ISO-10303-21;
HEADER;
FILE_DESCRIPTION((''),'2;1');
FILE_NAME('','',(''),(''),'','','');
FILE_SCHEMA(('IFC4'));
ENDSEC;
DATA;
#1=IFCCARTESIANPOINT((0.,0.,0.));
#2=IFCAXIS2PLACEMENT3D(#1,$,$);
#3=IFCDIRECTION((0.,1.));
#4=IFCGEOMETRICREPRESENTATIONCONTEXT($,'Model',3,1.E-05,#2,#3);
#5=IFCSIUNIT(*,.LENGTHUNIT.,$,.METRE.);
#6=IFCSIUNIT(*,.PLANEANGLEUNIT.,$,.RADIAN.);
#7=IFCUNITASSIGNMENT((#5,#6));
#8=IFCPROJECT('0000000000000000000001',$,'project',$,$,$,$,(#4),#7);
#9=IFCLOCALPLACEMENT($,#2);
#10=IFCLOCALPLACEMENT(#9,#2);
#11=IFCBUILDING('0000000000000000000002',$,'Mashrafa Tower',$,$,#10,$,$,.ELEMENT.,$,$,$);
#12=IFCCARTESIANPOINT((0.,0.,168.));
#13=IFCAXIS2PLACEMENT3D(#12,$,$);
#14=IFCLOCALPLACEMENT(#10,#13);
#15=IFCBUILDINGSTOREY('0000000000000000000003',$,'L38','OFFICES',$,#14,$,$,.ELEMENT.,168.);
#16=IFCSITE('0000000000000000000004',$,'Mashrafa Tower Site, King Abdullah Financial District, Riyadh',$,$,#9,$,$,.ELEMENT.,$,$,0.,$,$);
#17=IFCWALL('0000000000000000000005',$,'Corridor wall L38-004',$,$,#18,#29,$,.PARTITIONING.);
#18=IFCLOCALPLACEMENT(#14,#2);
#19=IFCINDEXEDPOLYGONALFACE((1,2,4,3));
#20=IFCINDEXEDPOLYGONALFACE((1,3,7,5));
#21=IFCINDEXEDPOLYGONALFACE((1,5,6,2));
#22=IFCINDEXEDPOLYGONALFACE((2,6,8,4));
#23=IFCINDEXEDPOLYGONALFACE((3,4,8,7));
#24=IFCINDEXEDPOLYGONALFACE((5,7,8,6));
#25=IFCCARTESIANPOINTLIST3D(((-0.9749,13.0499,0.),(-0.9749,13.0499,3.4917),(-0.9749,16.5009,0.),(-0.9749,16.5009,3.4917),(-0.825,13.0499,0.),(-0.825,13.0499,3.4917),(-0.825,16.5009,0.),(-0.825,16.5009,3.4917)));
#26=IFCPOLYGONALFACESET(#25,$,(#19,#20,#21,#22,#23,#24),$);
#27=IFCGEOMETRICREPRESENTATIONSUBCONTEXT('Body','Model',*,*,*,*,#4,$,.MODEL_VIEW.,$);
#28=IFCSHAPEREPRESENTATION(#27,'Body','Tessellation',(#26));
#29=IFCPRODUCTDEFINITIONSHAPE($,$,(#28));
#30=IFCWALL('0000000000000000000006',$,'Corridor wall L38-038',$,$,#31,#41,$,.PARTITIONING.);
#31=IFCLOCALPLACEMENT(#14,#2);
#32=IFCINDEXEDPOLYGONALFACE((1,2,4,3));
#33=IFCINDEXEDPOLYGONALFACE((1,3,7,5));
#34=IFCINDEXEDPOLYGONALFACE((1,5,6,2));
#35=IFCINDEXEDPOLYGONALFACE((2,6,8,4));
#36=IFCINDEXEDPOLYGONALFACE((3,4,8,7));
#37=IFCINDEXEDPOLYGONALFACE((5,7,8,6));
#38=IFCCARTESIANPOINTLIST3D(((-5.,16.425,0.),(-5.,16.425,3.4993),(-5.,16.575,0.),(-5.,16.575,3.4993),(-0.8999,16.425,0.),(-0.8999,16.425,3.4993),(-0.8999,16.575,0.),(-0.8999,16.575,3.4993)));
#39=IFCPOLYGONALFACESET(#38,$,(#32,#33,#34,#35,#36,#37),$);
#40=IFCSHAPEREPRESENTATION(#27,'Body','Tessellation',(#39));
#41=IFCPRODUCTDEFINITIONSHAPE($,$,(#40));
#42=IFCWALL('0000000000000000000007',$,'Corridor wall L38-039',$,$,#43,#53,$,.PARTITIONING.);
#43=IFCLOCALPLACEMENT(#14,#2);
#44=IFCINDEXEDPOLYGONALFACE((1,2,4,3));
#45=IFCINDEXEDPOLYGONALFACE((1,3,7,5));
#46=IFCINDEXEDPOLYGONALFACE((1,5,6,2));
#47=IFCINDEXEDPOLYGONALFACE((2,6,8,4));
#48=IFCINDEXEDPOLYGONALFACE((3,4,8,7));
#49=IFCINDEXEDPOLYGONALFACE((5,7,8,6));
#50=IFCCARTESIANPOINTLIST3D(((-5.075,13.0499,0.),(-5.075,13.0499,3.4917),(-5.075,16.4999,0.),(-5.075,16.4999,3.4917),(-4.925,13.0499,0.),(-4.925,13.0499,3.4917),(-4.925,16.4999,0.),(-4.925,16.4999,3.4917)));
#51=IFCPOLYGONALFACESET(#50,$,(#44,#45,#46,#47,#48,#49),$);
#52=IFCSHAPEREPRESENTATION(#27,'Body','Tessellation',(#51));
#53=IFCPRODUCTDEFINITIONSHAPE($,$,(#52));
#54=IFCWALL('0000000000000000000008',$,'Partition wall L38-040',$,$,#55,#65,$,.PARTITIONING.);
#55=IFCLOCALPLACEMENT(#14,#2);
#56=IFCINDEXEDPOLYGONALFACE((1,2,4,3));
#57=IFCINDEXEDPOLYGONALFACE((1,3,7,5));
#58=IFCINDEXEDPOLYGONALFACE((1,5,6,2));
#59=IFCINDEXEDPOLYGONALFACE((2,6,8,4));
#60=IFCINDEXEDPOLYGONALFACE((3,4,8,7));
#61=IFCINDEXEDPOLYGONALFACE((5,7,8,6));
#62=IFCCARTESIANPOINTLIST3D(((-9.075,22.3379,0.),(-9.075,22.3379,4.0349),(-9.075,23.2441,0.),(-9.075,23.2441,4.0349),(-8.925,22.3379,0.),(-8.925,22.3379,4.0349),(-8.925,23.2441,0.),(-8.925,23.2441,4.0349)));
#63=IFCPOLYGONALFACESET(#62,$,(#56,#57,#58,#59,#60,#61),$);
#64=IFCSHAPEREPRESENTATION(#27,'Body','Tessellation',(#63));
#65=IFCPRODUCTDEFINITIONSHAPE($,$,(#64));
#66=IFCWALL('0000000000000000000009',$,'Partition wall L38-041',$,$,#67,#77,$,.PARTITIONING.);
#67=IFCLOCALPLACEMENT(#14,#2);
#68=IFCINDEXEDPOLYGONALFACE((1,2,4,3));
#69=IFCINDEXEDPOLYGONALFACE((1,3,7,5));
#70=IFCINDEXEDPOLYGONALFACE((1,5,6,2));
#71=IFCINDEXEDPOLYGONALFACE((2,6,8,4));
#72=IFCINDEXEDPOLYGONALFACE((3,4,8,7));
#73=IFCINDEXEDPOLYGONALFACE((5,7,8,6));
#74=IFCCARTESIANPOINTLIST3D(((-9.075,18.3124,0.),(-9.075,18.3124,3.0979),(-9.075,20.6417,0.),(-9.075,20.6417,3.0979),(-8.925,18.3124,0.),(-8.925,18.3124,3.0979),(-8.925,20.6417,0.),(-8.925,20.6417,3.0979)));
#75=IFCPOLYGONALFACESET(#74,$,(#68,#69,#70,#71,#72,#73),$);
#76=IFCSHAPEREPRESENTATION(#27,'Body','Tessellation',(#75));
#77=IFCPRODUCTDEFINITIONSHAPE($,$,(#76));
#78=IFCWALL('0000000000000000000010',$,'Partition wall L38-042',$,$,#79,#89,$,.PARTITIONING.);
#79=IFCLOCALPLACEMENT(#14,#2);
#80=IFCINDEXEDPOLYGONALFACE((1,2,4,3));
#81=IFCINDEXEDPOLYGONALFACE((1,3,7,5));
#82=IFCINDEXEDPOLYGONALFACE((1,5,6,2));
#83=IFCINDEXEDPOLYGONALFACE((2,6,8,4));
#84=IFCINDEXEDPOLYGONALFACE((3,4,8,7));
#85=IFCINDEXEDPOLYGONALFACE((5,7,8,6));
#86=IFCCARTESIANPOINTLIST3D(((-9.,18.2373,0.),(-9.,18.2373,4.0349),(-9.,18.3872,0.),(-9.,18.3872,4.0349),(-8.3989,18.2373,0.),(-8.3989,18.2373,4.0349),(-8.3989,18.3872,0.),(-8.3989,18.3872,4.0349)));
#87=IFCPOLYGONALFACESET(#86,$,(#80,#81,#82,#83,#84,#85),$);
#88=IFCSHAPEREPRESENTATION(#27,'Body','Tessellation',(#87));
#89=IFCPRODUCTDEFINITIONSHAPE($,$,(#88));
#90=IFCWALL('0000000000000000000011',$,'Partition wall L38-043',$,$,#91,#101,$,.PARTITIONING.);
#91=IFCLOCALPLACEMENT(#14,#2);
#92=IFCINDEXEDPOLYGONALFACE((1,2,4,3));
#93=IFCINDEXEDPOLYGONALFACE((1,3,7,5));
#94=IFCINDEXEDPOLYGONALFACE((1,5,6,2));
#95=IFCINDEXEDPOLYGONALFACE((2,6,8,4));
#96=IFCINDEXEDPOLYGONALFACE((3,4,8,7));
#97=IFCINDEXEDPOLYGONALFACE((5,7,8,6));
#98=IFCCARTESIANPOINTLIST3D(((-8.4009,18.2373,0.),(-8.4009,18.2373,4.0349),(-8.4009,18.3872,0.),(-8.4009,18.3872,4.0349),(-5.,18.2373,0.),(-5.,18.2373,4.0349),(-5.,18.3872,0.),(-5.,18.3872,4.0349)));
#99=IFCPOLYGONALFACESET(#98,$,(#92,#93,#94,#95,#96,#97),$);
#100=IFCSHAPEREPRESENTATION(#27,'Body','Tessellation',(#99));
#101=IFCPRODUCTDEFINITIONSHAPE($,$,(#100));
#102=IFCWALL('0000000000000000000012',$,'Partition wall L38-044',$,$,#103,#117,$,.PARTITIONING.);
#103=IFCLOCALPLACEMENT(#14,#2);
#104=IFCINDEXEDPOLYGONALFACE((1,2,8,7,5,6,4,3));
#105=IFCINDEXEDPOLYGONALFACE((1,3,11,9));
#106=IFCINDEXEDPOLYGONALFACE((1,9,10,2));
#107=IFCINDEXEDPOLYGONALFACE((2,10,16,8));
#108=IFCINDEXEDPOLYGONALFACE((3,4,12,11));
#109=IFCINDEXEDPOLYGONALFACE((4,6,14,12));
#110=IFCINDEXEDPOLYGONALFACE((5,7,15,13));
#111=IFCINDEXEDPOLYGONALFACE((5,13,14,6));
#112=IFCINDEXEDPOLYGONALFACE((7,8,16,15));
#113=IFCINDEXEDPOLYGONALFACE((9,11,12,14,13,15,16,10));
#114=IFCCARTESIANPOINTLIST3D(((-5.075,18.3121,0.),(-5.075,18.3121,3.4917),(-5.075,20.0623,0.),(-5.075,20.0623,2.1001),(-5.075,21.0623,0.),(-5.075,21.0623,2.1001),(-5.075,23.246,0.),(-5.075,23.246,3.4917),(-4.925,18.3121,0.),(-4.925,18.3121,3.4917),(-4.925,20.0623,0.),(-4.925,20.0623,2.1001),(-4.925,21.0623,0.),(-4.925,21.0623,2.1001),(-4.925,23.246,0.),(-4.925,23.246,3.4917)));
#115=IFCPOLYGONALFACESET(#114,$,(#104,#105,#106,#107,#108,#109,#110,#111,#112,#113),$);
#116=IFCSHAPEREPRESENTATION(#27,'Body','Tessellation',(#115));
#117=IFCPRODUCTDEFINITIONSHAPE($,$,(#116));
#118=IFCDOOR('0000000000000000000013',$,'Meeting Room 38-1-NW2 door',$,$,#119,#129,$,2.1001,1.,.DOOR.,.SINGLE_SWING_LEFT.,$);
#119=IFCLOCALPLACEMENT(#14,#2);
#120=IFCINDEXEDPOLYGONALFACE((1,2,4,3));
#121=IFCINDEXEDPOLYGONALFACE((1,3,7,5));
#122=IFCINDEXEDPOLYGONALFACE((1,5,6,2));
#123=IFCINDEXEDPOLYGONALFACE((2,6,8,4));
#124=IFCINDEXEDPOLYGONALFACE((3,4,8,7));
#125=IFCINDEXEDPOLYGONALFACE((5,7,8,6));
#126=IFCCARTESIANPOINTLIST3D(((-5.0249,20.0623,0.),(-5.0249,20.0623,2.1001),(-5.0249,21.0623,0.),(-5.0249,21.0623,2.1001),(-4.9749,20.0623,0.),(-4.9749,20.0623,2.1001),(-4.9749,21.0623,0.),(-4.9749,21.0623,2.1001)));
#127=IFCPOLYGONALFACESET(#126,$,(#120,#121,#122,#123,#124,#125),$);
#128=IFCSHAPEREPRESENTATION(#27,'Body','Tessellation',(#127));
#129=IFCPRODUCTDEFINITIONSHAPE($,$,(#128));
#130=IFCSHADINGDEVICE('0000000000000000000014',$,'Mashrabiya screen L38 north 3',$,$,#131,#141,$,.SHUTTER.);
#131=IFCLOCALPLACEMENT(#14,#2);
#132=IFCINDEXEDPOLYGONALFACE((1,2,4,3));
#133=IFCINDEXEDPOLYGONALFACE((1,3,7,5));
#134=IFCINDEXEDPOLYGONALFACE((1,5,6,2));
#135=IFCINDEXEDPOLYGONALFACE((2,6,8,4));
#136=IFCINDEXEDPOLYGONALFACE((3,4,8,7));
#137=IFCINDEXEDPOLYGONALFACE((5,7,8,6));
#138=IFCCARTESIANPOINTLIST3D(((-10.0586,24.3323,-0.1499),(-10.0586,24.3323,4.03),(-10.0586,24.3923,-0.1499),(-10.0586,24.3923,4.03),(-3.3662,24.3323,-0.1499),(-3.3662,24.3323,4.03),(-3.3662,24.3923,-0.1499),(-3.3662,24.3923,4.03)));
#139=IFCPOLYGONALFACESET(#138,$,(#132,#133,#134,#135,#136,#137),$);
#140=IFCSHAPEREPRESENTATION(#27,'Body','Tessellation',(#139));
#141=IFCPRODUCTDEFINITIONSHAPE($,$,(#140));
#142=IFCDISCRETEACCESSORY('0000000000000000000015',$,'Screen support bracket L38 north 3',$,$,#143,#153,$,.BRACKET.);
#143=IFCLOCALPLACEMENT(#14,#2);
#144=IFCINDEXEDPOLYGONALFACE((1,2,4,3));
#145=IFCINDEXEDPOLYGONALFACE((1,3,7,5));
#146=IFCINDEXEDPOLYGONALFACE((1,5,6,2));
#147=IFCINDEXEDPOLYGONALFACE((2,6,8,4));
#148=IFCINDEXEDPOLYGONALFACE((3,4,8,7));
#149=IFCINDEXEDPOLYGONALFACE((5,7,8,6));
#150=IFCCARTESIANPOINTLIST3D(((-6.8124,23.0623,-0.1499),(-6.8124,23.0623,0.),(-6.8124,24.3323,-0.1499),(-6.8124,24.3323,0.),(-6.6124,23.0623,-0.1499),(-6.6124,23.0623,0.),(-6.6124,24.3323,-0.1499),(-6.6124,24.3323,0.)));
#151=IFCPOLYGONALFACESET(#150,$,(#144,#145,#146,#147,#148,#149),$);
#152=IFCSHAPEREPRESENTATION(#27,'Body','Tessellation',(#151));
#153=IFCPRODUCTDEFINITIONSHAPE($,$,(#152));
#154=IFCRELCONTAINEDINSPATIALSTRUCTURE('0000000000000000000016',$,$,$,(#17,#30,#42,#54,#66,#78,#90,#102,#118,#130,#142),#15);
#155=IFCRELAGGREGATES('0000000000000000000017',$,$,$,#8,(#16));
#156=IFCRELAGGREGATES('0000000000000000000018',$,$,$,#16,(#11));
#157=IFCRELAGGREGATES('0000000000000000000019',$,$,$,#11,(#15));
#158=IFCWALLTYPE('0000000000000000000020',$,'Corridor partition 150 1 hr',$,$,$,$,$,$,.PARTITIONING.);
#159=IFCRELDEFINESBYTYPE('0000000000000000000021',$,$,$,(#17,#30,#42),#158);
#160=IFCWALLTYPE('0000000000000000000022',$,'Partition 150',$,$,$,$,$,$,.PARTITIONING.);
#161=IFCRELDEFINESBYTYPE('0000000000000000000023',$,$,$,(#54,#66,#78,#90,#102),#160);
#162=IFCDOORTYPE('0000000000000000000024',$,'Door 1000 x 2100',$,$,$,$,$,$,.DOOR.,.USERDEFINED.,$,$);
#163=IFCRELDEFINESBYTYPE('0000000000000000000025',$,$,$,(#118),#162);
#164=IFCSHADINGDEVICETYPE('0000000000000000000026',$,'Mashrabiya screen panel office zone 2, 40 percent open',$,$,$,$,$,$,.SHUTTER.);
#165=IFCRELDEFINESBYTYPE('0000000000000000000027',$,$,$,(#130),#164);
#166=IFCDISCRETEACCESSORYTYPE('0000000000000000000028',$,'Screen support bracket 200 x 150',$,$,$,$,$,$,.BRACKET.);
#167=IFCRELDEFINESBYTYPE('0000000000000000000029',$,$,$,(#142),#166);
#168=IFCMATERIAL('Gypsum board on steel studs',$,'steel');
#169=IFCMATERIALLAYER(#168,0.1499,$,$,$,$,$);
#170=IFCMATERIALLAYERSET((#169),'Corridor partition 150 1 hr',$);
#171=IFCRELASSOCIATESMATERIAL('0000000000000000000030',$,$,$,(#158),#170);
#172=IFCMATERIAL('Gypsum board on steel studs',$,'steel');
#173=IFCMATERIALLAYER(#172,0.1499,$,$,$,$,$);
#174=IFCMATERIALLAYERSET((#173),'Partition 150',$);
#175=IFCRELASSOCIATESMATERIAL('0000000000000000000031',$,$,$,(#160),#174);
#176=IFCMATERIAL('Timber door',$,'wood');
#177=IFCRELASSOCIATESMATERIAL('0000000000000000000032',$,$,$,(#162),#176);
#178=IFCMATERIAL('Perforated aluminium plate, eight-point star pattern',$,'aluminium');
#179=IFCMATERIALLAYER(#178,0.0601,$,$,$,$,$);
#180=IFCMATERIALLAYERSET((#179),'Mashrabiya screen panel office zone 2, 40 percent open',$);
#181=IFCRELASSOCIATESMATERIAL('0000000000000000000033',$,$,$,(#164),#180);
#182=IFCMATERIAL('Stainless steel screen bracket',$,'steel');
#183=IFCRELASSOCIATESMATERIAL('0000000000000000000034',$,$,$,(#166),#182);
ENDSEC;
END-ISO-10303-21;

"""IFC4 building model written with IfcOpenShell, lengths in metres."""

from ifc_helpers import new_model, si_unit, direction, frame, frame_2d, origin, origin_2d, place, context, subcontext, project, spatial, rectangle, extrude, source, transform, mapped, material, layer, layer_set, type_object, type_shapes, element, fill, save


model = new_model("IFC4")

# Units and contexts
model_context = context("Model", 3, precision=1e-05, world=origin(), true_north=direction((0.0, 1.0)))
body_context = subcontext(model_context, "Body", "Model", "MODEL_VIEW")
ifc_project = project(units=[si_unit("LENGTHUNIT", "METRE"), si_unit("PLANEANGLEUNIT", "RADIAN")], contexts=[model_context])

# Site, building, storey
site_placement = place(None, origin())
site = spatial("IfcSite", under=ifc_project, at=site_placement, Name="Mashrafa Tower Site, King Abdullah Financial District, Riyadh", CompositionType="ELEMENT", RefElevation=0.0)
building_placement = place(site_placement, origin())
building = spatial("IfcBuilding", under=site, at=building_placement, Name="Mashrafa Tower", CompositionType="ELEMENT")
storey_placement = place(building_placement, frame((0.0, 0.0, 168.0)))
storey = spatial("IfcBuildingStorey", under=building, at=storey_placement, Name="L38", Description="OFFICES", CompositionType="ELEMENT", Elevation=168.0)

# Wall
ifc_material_1 = material(Name="Gypsum board on steel studs", Category="steel")
ifc_layer_1 = layer(ifc_material_1, 0.1499)
ifc_layer_set_1 = layer_set([ifc_layer_1], Name="Corridor partition 150 1 hr")
wall_type_1 = type_object("IfcWallType", Name="Corridor partition 150 1 hr", PredefinedType="PARTITIONING", material=ifc_layer_set_1)
wall_1_placement = place(storey_placement, frame((-0.8999, 16.501, 0.0), z_axis=(0.0, 0.0, 1.0), x_axis=(0.0, -1.0, 0.0)))
element("IfcWall", 1, at=wall_1_placement, inside=storey, type_object=wall_type_1, Name="Corridor wall L38-004", PredefinedType="PARTITIONING", context=body_context, shape_type="SweptSolid", body=[
    extrude(rectangle(XDim=3.4509, YDim=0.1499, at=frame_2d((1.7256, 0.0))), origin(), (0.0, 0.0, 1.0), 3.4917),
])

# Walls
wall_2_placement = place(storey_placement, frame((-0.8999, 16.5, 0.0), z_axis=(0.0, 0.0, 1.0), x_axis=(-1.0, 0.0, 0.0)))
element("IfcWall", 2, at=wall_2_placement, inside=storey, type_object=wall_type_1, Name="Corridor wall L38-038", PredefinedType="PARTITIONING", context=body_context, shape_type="SweptSolid", body=[
    extrude(rectangle(XDim=4.1001, YDim=0.1499, at=frame_2d((2.05, 0.0))), origin(), (0.0, 0.0, 1.0), 3.4993),
])
wall_3_placement = place(storey_placement, frame((-5.0, 16.5, 0.0), z_axis=(0.0, 0.0, 1.0), x_axis=(0.0, -1.0, 0.0)))
element("IfcWall", 3, at=wall_3_placement, inside=storey, type_object=wall_type_1, Name="Corridor wall L38-039", PredefinedType="PARTITIONING", context=body_context, shape_type="SweptSolid", body=[
    extrude(rectangle(XDim=3.45, YDim=0.1499, at=frame_2d((1.7251, 0.0))), origin(), (0.0, 0.0, 1.0), 3.4917),
])
ifc_material_2 = material(Name="Gypsum board on steel studs", Category="steel")
ifc_layer_2 = layer(ifc_material_2, 0.1499)
ifc_layer_set_2 = layer_set([ifc_layer_2], Name="Partition 150")
wall_type_2 = type_object("IfcWallType", Name="Partition 150", PredefinedType="PARTITIONING", material=ifc_layer_set_2)
wall_4_placement = place(storey_placement, frame((-9.0, 23.2441, 0.0), z_axis=(0.0, 0.0, 1.0), x_axis=(0.0, -1.0, 0.0)))
element("IfcWall", 4, at=wall_4_placement, inside=storey, type_object=wall_type_2, Name="Partition wall L38-040", PredefinedType="PARTITIONING", context=body_context, shape_type="SweptSolid", body=[
    extrude(rectangle(XDim=0.9062, YDim=0.1499, at=frame_2d((0.4531, 0.0))), origin(), (0.0, 0.0, 1.0), 4.0349),
])
wall_5_placement = place(storey_placement, frame((-9.0, 20.6416, 0.0), z_axis=(0.0, 0.0, 1.0), x_axis=(0.0, -1.0, 0.0)))
element("IfcWall", 5, at=wall_5_placement, inside=storey, type_object=wall_type_2, Name="Partition wall L38-041", PredefinedType="PARTITIONING", context=body_context, shape_type="SweptSolid", body=[
    extrude(rectangle(XDim=2.3293, YDim=0.1499, at=frame_2d((1.1646, 0.0))), origin(), (0.0, 0.0, 1.0), 3.0979),
])
wall_6_placement = place(storey_placement, frame((-9.0, 18.3123, 0.0), z_axis=(0.0, 0.0, 1.0), x_axis=(1.0, 0.0, 0.0)))
element("IfcWall", 6, at=wall_6_placement, inside=storey, type_object=wall_type_2, Name="Partition wall L38-042", PredefinedType="PARTITIONING", context=body_context, shape_type="SweptSolid", body=[
    extrude(rectangle(XDim=0.6011, YDim=0.1499, at=frame_2d((0.3005, 0.0))), origin(), (0.0, 0.0, 1.0), 4.0349),
])
wall_7_placement = place(storey_placement, frame((-8.4009, 18.3123, 0.0), z_axis=(0.0, 0.0, 1.0), x_axis=(1.0, 0.0, 0.0)))
element("IfcWall", 7, at=wall_7_placement, inside=storey, type_object=wall_type_2, Name="Partition wall L38-043", PredefinedType="PARTITIONING", context=body_context, shape_type="SweptSolid", body=[
    extrude(rectangle(XDim=3.4009, YDim=0.1499, at=frame_2d((1.7004, 0.0))), origin(), (0.0, 0.0, 1.0), 4.0349),
])

# Wall, opening, door
wall_8_placement = place(storey_placement, frame((-5.0, 18.3123, 0.0), z_axis=(0.0, 0.0, 1.0), x_axis=(0.0, 1.0, 0.0)))
wall_8 = element("IfcWall", 8, at=wall_8_placement, inside=storey, type_object=wall_type_2, Name="Partition wall L38-044", PredefinedType="PARTITIONING", context=body_context, shape_type="SweptSolid", body=[
    extrude(rectangle(XDim=4.9338, YDim=0.1499, at=frame_2d((2.4668, 0.0))), origin(), (0.0, 0.0, 1.0), 3.4917),
])
opening_1_placement = place(wall_8_placement, frame((1.75, 0.0, 0.0)))
opening_1 = element("IfcOpeningElement", 9, at=opening_1_placement, cuts=wall_8, PredefinedType="OPENING", context=body_context, shape_type="SweptSolid", body=[
    extrude(rectangle(XDim=1.0, YDim=2.1001, at=frame_2d((0.5, 1.05))), frame((0.0, 0.085, 0.0), z_axis=(0.0, -1.0, 0.0), x_axis=(1.0, 0.0, 0.0)), (0.0, 0.0, 1.0), 0.1699),
])
ifc_material_3 = material(Name="Timber door", Category="wood")
door_type_1 = type_object("IfcDoorType", Name="Door 1000 x 2100", OperationType="USERDEFINED", PredefinedType="DOOR", material=ifc_material_3)
door_1_placement = place(opening_1_placement, origin())
door_1 = element("IfcDoor", 10, at=door_1_placement, inside=storey, type_object=door_type_1, Name="Meeting Room 38-1-NW2 door", OperationType="SINGLE_SWING_LEFT", OverallHeight=2.1001, OverallWidth=1.0, PredefinedType="DOOR", context=body_context, shape_type="SweptSolid", body=[
    extrude(rectangle(XDim=1.0, YDim=2.1001, at=frame_2d((0.5, 1.05))), frame((0.0, 0.0249, 0.0), z_axis=(0.0, -1.0, 0.0), x_axis=(1.0, 0.0, 0.0)), (0.0, 0.0, 1.0), 0.05),
])
fill(opening_1, door_1)

# Shading device
ifc_material_4 = material(Name="Perforated aluminium plate, eight-point star pattern", Category="aluminium")
ifc_layer_3 = layer(ifc_material_4, 0.0601)
ifc_layer_set_3 = layer_set([ifc_layer_3], Name="Mashrabiya screen panel office zone 2, 40 percent open")
shading_device_type = type_object("IfcShadingDeviceType", Name="Mashrabiya screen panel office zone 2, 40 percent open", PredefinedType="SHUTTER", material=ifc_layer_set_3)
shared_shape_1 = source(origin(), body_context, "Body", "SweptSolid", [
    extrude(rectangle(XDim=6.6924, YDim=0.0601, at=origin_2d()), origin(), (0.0, 0.0, 1.0), 4.1799),
])
type_shapes(shading_device_type, [shared_shape_1])
shading_device_placement = place(storey_placement, frame((-6.7124, 24.3623, -0.1499), z_axis=(0.0, 0.0, 1.0), x_axis=(-1.0, 0.0, 0.0)))
element("IfcShadingDevice", 11, at=shading_device_placement, inside=storey, type_object=shading_device_type, Name="Mashrabiya screen L38 north 3", PredefinedType="SHUTTER", context=body_context, shape_type="MappedRepresentation", body=[
    mapped(shared_shape_1, transform((0.0, 0.0, 0.0))),
])

# Discrete accessory
ifc_material_5 = material(Name="Stainless steel screen bracket", Category="steel")
discrete_accessory_type = type_object("IfcDiscreteAccessoryType", Name="Screen support bracket 200 x 150", PredefinedType="BRACKET", material=ifc_material_5)
shared_shape_2 = source(origin(), body_context, "Body", "SweptSolid", [
    extrude(rectangle(XDim=0.2, YDim=1.27, at=origin_2d()), origin(), (0.0, 0.0, 1.0), 0.1499),
])
type_shapes(discrete_accessory_type, [shared_shape_2])
discrete_accessory_placement = place(storey_placement, frame((-6.7124, 23.6973, -0.1499), z_axis=(0.0, 0.0, 1.0), x_axis=(-1.0, 0.0, 0.0)))
element("IfcDiscreteAccessory", 12, at=discrete_accessory_placement, inside=storey, type_object=discrete_accessory_type, Name="Screen support bracket L38 north 3", PredefinedType="BRACKET", context=body_context, shape_type="MappedRepresentation", body=[
    mapped(shared_shape_2, transform((0.0, 0.0, 0.0))),
])

save(model, "model.ifc")
